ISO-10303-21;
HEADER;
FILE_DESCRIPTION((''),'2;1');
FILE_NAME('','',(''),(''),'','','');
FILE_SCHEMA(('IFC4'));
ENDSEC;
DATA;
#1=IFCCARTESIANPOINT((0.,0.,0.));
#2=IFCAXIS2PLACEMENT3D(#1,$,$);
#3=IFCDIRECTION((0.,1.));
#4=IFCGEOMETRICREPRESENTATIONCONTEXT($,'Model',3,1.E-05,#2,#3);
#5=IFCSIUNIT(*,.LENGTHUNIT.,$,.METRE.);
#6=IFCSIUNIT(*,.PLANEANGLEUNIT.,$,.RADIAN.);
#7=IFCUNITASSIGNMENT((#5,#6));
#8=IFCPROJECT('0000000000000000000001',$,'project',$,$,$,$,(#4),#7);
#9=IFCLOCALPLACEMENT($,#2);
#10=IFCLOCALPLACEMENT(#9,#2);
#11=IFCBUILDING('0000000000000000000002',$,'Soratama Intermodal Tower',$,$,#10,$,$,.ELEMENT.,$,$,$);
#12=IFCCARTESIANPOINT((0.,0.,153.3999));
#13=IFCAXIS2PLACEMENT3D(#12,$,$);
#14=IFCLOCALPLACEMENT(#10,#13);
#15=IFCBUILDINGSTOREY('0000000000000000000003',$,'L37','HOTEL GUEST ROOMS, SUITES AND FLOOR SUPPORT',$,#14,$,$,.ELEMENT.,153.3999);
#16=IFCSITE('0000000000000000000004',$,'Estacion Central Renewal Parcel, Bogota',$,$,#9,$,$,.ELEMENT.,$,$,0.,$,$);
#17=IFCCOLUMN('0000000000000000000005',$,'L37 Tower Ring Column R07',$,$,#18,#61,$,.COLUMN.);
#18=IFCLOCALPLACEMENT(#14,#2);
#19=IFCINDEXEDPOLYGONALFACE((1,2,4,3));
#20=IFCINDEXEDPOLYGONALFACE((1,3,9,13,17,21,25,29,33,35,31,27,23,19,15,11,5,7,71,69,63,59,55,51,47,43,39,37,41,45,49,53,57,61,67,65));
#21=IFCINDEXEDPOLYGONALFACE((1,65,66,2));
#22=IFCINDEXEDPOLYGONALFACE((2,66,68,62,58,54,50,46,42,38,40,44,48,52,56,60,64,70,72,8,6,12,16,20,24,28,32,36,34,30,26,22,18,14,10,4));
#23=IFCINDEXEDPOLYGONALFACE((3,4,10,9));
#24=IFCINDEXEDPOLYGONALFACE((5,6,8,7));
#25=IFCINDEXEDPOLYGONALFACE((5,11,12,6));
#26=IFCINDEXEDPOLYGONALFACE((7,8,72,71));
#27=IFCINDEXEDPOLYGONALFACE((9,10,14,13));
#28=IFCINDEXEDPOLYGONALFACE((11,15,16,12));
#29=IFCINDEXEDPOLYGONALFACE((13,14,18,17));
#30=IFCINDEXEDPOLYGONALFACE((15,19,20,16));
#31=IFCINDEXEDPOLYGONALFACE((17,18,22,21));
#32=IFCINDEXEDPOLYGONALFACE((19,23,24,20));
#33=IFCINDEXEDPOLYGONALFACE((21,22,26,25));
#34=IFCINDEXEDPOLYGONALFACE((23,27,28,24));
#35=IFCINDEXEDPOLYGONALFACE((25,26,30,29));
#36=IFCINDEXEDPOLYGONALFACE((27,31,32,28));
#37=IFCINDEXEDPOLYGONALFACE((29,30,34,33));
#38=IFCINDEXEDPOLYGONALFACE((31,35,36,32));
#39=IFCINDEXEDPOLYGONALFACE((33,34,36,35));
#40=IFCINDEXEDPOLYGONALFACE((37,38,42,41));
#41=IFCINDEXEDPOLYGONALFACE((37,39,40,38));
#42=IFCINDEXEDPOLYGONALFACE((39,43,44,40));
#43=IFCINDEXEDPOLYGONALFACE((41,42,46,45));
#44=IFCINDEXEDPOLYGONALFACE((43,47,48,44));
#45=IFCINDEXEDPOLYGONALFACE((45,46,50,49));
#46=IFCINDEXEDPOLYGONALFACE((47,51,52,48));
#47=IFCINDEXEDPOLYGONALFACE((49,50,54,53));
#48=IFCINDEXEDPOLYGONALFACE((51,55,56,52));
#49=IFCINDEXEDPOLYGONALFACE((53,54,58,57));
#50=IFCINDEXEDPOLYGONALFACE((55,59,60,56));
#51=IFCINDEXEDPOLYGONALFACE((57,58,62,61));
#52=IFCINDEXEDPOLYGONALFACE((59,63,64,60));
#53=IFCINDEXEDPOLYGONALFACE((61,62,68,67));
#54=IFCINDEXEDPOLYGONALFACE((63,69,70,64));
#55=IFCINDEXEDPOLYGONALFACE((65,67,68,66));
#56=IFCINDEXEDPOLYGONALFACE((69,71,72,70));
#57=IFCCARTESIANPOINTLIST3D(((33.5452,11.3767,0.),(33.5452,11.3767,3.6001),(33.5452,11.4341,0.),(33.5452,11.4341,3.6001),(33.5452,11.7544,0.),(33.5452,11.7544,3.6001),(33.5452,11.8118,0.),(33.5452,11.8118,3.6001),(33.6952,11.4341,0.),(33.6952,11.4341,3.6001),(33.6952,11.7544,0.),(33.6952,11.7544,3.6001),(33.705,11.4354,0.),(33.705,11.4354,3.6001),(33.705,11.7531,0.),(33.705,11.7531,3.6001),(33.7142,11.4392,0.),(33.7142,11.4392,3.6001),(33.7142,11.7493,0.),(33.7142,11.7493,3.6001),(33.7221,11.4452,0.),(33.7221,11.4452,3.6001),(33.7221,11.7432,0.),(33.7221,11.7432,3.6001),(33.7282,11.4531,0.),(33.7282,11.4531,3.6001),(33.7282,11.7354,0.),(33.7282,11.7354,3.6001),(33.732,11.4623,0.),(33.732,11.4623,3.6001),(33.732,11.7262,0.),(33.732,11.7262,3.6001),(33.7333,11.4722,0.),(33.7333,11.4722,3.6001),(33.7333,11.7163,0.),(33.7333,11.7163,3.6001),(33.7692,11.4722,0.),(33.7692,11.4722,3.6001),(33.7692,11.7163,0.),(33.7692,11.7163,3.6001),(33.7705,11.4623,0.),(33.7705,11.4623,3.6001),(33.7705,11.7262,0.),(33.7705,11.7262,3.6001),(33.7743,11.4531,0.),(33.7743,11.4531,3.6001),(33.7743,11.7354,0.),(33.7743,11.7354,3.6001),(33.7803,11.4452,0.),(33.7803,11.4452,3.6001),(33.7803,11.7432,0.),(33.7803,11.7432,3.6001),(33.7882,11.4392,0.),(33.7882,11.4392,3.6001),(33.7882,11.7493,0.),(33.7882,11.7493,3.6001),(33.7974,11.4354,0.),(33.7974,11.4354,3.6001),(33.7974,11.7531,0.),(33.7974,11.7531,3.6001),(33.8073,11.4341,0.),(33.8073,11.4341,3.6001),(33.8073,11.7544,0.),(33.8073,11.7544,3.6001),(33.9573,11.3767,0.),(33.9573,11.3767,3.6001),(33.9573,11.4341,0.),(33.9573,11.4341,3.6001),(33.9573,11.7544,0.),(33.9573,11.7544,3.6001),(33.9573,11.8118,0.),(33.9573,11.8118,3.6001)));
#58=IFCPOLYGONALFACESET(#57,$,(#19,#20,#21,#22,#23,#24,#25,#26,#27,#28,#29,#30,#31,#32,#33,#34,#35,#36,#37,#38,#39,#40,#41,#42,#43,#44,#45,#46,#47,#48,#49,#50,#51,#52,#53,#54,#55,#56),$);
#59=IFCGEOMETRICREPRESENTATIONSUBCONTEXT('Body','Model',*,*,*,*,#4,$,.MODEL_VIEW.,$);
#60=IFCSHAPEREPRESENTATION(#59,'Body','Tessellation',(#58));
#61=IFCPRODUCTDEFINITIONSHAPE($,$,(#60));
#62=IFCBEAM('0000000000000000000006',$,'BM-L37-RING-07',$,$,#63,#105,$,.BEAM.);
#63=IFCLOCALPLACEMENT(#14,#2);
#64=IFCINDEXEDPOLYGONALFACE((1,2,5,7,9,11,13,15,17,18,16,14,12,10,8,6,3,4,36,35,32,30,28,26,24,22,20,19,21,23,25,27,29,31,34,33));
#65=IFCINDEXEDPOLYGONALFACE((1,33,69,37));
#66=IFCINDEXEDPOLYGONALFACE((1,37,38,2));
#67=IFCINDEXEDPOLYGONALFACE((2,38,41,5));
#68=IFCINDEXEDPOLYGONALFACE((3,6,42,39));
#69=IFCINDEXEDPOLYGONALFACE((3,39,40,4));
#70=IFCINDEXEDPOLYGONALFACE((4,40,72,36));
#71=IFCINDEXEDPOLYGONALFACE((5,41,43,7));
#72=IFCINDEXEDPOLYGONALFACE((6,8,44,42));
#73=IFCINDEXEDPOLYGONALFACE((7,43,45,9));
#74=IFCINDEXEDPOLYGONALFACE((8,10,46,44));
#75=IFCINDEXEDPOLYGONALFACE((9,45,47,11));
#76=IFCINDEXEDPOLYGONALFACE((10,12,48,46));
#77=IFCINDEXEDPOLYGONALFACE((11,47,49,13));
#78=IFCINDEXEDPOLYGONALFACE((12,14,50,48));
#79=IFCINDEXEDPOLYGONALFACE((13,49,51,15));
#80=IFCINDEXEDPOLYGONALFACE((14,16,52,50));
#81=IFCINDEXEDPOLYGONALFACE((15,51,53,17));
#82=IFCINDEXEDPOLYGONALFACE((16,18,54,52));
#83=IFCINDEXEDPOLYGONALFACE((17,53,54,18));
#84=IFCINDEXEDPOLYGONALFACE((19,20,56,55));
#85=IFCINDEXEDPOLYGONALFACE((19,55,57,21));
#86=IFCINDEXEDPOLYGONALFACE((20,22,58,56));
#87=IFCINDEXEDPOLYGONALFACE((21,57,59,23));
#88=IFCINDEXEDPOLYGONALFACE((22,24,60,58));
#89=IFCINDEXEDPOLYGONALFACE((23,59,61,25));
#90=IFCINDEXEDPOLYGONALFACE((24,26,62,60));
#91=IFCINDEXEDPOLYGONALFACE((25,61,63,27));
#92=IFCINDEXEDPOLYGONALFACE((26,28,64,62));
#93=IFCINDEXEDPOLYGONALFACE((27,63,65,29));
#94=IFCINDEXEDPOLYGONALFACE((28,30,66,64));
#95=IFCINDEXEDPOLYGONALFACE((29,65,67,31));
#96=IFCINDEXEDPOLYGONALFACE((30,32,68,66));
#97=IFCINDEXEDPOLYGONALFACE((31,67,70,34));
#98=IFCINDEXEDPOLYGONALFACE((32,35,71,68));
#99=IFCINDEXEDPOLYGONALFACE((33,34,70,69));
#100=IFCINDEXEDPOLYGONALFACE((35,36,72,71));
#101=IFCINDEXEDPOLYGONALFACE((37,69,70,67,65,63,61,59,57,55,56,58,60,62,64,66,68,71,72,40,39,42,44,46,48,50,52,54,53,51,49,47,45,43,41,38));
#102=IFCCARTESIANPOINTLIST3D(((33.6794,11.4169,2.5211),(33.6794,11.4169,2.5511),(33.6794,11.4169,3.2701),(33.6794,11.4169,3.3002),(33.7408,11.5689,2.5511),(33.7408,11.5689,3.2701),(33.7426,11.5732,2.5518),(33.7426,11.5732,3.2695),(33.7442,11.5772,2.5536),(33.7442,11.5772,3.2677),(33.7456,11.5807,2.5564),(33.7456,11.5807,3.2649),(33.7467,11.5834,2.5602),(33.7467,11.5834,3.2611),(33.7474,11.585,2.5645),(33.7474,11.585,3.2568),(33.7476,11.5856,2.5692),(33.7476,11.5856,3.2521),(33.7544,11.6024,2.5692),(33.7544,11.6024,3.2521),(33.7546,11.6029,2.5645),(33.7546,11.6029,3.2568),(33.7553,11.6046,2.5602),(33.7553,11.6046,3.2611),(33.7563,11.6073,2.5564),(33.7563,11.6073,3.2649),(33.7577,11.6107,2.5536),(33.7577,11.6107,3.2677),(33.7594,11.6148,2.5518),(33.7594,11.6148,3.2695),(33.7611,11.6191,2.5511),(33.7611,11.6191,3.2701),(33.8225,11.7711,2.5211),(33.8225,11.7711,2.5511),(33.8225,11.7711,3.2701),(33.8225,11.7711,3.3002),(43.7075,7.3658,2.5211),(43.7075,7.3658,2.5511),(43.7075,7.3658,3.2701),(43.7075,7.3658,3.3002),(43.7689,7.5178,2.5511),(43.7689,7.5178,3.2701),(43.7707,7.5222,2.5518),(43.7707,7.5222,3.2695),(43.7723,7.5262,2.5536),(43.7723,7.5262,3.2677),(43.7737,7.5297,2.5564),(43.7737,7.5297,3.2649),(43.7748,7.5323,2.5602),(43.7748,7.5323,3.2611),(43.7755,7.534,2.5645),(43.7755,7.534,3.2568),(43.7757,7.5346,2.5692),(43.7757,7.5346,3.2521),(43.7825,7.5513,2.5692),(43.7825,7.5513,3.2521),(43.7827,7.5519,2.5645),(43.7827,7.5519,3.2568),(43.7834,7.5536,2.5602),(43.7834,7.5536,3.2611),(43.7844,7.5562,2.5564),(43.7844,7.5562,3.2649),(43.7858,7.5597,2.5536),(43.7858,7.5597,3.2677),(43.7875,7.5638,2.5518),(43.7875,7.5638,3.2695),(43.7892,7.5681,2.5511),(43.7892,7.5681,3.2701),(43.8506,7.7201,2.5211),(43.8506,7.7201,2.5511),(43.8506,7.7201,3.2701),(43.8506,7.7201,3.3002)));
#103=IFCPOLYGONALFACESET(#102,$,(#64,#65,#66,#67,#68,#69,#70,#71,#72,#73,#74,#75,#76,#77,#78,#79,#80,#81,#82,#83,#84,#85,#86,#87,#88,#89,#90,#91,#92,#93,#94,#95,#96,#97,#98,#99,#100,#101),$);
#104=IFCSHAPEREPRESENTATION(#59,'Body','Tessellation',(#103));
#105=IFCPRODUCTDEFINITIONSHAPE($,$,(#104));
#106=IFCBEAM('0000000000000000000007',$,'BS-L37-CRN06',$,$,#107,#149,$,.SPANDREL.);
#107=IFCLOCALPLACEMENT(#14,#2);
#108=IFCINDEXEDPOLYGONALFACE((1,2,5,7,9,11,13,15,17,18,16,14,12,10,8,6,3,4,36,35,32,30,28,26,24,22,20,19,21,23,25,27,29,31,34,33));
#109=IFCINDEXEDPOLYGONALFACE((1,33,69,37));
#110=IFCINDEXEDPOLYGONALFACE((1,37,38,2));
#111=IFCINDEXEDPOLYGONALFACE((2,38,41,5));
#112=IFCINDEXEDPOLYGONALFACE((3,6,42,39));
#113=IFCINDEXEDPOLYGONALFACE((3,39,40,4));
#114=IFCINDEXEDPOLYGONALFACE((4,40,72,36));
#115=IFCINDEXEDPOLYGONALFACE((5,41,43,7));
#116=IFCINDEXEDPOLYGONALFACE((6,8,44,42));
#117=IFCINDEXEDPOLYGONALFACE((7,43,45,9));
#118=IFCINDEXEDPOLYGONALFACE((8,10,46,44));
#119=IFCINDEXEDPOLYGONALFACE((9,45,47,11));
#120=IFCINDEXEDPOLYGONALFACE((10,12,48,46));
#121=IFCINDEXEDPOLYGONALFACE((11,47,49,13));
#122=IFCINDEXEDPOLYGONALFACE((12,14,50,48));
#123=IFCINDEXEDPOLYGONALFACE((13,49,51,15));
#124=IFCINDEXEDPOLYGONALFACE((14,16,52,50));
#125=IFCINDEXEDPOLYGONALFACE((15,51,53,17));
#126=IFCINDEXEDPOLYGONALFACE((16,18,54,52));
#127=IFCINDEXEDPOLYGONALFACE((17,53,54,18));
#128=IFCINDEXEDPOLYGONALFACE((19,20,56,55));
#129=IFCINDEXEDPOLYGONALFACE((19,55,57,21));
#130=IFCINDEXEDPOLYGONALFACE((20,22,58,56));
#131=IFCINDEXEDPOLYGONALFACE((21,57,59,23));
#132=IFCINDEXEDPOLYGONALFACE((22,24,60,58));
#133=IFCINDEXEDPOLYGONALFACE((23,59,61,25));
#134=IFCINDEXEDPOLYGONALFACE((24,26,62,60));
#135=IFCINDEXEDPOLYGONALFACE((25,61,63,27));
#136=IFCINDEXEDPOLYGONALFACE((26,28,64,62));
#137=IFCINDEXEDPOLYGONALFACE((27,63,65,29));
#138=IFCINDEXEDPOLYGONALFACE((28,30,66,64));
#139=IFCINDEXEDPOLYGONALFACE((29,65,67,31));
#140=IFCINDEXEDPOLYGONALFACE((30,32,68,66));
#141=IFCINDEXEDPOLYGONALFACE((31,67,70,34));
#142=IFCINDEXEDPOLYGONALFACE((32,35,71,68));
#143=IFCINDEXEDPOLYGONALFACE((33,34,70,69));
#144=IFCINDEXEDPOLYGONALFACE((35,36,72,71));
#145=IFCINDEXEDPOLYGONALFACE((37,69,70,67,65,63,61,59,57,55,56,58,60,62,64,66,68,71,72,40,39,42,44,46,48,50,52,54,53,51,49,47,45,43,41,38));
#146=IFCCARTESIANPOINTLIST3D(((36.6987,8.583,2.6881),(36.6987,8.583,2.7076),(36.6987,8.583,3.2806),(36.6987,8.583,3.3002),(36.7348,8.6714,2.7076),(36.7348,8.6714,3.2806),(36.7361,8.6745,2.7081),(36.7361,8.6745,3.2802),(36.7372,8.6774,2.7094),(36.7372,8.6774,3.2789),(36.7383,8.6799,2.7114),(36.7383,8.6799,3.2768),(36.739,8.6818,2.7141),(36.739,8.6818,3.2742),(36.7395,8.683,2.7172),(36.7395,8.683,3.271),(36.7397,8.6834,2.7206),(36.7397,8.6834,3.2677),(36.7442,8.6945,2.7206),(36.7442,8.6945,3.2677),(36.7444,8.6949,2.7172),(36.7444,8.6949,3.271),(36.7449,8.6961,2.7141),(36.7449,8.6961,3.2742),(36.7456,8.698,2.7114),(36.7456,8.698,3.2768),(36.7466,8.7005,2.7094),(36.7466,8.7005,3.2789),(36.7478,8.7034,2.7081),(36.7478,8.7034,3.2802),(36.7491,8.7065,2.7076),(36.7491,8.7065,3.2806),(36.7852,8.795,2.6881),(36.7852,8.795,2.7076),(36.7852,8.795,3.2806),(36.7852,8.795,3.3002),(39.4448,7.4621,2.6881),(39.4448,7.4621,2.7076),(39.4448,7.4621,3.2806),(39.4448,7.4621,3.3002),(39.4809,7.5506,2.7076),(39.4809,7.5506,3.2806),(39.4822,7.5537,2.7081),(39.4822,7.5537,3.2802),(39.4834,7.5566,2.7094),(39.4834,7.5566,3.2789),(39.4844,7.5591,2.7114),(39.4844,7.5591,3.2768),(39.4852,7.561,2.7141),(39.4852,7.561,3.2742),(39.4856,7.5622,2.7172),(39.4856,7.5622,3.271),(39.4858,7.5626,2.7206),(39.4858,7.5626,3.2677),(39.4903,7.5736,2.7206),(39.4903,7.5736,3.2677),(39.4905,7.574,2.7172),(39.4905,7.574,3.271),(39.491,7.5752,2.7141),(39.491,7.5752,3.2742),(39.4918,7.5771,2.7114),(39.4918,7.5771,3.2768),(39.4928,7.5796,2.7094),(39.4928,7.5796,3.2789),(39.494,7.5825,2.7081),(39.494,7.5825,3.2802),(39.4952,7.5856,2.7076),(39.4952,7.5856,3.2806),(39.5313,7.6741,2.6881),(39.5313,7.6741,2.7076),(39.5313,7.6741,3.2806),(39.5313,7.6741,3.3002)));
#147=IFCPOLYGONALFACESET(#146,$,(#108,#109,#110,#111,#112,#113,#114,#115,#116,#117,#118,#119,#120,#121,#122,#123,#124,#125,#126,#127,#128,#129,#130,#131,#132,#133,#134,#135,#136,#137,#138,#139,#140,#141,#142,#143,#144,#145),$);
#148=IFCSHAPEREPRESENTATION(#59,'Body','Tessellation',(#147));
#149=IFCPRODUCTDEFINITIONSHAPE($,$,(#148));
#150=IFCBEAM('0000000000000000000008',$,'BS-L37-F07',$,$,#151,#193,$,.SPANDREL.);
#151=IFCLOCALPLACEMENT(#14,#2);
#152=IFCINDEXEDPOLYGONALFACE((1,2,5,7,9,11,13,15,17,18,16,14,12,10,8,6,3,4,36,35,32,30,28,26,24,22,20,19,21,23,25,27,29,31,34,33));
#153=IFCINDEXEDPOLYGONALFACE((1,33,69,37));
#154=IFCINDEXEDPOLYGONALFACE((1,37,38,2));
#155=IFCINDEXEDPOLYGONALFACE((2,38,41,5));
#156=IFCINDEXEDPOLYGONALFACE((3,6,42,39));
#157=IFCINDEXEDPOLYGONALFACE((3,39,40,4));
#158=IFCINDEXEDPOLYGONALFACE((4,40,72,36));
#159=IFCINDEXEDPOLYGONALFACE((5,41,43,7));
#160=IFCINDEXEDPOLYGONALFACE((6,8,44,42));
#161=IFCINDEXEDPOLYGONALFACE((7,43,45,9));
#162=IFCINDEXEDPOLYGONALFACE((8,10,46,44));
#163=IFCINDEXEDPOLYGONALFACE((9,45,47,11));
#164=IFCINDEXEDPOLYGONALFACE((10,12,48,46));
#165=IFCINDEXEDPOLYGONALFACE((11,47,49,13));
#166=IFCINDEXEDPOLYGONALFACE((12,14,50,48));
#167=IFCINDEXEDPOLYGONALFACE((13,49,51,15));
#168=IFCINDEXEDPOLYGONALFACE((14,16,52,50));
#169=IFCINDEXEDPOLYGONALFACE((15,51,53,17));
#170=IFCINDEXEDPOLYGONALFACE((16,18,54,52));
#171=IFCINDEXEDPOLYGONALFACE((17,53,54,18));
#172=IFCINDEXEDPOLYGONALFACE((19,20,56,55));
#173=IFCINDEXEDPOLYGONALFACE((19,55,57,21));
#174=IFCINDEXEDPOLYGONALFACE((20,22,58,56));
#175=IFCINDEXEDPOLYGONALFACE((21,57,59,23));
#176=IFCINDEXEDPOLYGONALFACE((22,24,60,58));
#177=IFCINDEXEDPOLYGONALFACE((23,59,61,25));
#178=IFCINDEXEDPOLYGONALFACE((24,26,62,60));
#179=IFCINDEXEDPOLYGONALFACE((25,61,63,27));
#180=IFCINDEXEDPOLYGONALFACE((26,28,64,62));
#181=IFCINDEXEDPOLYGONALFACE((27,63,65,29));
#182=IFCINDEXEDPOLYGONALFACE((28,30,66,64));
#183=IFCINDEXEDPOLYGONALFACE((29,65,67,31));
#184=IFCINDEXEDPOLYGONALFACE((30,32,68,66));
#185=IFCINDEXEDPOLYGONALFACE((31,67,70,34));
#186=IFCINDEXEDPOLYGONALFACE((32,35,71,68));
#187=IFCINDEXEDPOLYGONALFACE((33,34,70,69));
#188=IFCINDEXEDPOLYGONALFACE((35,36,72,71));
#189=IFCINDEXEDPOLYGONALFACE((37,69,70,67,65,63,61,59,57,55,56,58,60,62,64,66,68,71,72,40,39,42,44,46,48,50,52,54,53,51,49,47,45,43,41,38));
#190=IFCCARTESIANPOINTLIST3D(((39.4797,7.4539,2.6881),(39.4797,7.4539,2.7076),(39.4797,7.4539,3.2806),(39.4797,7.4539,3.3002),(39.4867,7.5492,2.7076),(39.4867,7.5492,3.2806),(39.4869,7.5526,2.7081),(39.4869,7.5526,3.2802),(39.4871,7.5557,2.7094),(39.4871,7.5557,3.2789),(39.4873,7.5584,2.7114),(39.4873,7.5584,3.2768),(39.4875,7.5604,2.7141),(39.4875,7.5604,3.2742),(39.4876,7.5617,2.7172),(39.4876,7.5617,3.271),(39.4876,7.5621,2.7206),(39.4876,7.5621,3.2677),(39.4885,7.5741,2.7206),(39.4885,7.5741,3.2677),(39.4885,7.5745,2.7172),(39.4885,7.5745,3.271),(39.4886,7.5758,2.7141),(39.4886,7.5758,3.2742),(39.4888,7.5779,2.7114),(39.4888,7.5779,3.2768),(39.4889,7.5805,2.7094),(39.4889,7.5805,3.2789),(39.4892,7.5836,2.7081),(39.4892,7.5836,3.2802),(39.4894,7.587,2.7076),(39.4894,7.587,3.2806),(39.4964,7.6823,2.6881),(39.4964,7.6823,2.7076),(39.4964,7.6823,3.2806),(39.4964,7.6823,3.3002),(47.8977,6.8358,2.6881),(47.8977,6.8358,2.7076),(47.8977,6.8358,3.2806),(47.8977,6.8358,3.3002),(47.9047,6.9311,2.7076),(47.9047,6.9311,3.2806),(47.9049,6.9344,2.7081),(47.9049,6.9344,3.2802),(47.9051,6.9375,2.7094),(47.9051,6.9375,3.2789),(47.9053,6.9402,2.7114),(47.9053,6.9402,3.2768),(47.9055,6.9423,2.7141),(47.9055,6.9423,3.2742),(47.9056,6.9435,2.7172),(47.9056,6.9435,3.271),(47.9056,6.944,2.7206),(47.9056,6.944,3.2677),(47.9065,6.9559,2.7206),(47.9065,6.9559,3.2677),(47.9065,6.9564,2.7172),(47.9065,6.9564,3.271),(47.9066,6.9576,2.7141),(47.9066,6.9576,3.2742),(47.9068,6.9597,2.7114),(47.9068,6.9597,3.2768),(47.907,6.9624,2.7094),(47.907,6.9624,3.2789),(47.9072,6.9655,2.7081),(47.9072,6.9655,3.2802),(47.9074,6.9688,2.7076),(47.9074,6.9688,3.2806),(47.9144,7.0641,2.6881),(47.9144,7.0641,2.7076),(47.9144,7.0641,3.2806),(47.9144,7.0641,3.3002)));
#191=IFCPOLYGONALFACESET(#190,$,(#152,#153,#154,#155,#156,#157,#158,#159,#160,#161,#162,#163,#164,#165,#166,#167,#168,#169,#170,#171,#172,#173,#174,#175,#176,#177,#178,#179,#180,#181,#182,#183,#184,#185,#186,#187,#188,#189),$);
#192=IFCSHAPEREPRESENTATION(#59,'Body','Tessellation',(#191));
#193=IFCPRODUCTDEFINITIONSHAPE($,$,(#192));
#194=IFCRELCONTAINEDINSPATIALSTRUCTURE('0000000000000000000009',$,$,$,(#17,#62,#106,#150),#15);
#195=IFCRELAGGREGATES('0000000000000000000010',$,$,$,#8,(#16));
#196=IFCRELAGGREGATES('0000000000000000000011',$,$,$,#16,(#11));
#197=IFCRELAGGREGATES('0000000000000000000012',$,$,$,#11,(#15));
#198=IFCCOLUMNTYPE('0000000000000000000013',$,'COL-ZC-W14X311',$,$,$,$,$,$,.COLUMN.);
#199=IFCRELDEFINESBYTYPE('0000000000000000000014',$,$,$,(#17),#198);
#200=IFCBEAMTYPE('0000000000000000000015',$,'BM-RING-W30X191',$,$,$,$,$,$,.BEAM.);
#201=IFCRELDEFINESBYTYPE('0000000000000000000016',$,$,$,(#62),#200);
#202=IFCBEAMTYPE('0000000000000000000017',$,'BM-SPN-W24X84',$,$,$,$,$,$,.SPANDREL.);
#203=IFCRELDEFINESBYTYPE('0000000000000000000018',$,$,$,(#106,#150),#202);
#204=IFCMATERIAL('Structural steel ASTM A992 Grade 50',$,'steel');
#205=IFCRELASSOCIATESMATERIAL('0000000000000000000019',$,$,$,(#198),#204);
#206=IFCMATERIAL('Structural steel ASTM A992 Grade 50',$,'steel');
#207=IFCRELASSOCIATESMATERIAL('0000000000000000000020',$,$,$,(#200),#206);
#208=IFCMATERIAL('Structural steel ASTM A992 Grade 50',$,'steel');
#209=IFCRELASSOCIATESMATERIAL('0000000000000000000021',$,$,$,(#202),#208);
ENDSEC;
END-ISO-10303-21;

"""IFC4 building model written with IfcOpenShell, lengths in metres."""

from ifc_helpers import new_model, si_unit, direction, frame, origin, origin_2d, place, context, subcontext, project, spatial, i_section, extrude, material, material_profile, profile_set, type_object, element, save


model = new_model("IFC4")

# Units and contexts
model_context = context("Model", 3, precision=1e-05, world=origin(), true_north=direction((0.0, 1.0)))
body_context = subcontext(model_context, "Body", "Model", "MODEL_VIEW")
ifc_project = project(units=[si_unit("LENGTHUNIT", "METRE"), si_unit("PLANEANGLEUNIT", "RADIAN")], contexts=[model_context])

# Site, building, storey
site_placement = place(None, origin())
site = spatial("IfcSite", under=ifc_project, at=site_placement, Name="Estacion Central Renewal Parcel, Bogota", CompositionType="ELEMENT", RefElevation=0.0)
building_placement = place(site_placement, origin())
building = spatial("IfcBuilding", under=site, at=building_placement, Name="Soratama Intermodal Tower", CompositionType="ELEMENT")
storey_placement = place(building_placement, frame((0.0, 0.0, 153.3999)))
storey = spatial("IfcBuildingStorey", under=building, at=storey_placement, Name="L37", Description="HOTEL GUEST ROOMS, SUITES AND FLOOR SUPPORT", CompositionType="ELEMENT", Elevation=153.3999)

# Column
ifc_material_1 = material(Name="Structural steel ASTM A992 Grade 50", Category="steel")
ifc_material_profile_1 = material_profile(ifc_material_1, i_section(OverallWidth=0.4121, OverallDepth=0.4351, WebThickness=0.0359, FlangeThickness=0.0574, FilletRadius=0.0381, at=origin_2d()), Name="W14X311")
ifc_profile_set_1 = profile_set([ifc_material_profile_1], Name="Structural steel ASTM A992 Grade 50")
column_type = type_object("IfcColumnType", Name="COL-ZC-W14X311", PredefinedType="COLUMN", material=ifc_profile_set_1)
column_placement = place(storey_placement, frame((33.7512, 11.5942, 0.0), z_axis=(0.0, 0.0, 1.0), x_axis=(1.0, 0.0, 0.0)))
element("IfcColumn", 1, at=column_placement, inside=storey, type_object=column_type, Name="L37 Tower Ring Column R07", PredefinedType="COLUMN", context=body_context, shape_type="SweptSolid", body=[
    extrude(i_section(OverallWidth=0.4121, OverallDepth=0.4351, WebThickness=0.0359, FlangeThickness=0.0574, FilletRadius=0.0381, at=origin_2d()), origin(), (0.0, 0.0, 1.0), 3.6001),
])

# Beams
ifc_material_2 = material(Name="Structural steel ASTM A992 Grade 50", Category="steel")
ifc_material_profile_2 = material_profile(ifc_material_2, i_section(OverallWidth=0.3821, OverallDepth=0.7791, WebThickness=0.0181, FlangeThickness=0.03, FilletRadius=0.0181, at=origin_2d()), Name="W30X191")
ifc_profile_set_2 = profile_set([ifc_material_profile_2], Name="Structural steel ASTM A992 Grade 50")
beam_type_1 = type_object("IfcBeamType", Name="BM-RING-W30X191", PredefinedType="BEAM", material=ifc_profile_set_2)
beam_1_placement = place(storey_placement, frame((33.751, 11.594, 2.9106), z_axis=(0.927202, -0.37456, 0.0), x_axis=(0.37456, 0.927202, 0.0)))
element("IfcBeam", 2, at=beam_1_placement, inside=storey, type_object=beam_type_1, Name="BM-L37-RING-07", PredefinedType="BEAM", context=body_context, shape_type="SweptSolid", body=[
    extrude(i_section(OverallWidth=0.3821, OverallDepth=0.7791, WebThickness=0.0181, FlangeThickness=0.03, FilletRadius=0.0181, at=origin_2d()), origin(), (0.0, 0.0, 1.0), 10.8154),
])
ifc_material_3 = material(Name="Structural steel ASTM A992 Grade 50", Category="steel")
ifc_material_profile_3 = material_profile(ifc_material_3, i_section(OverallWidth=0.229, OverallDepth=0.6121, WebThickness=0.012, FlangeThickness=0.0195, FilletRadius=0.0129, at=origin_2d()), Name="W24X84")
ifc_profile_set_3 = profile_set([ifc_material_profile_3], Name="Structural steel ASTM A992 Grade 50")
beam_type_2 = type_object("IfcBeamType", Name="BM-SPN-W24X84", PredefinedType="SPANDREL", material=ifc_profile_set_3)
beam_2_placement = place(storey_placement, frame((36.7419, 8.689, 2.9941), z_axis=(0.925848, -0.377896, 0.0), x_axis=(0.377896, 0.925848, 0.0)))
element("IfcBeam", 3, at=beam_2_placement, inside=storey, type_object=beam_type_2, Name="BS-L37-CRN06", PredefinedType="SPANDREL", context=body_context, shape_type="SweptSolid", body=[
    extrude(i_section(OverallWidth=0.229, OverallDepth=0.6121, WebThickness=0.012, FlangeThickness=0.0195, FilletRadius=0.0129, at=origin_2d()), origin(), (0.0, 0.0, 1.0), 2.9661),
])
beam_3_placement = place(storey_placement, frame((39.488, 7.5681, 2.9941), z_axis=(0.997315, -0.073237, 0.0), x_axis=(0.073237, 0.997315, 0.0)))
element("IfcBeam", 4, at=beam_3_placement, inside=storey, type_object=beam_type_2, Name="BS-L37-F07", PredefinedType="SPANDREL", context=body_context, shape_type="SweptSolid", body=[
    extrude(i_section(OverallWidth=0.229, OverallDepth=0.6121, WebThickness=0.012, FlangeThickness=0.0195, FilletRadius=0.0129, at=origin_2d()), origin(), (0.0, 0.0, 1.0), 8.4407),
])

save(model, "model.ifc")
